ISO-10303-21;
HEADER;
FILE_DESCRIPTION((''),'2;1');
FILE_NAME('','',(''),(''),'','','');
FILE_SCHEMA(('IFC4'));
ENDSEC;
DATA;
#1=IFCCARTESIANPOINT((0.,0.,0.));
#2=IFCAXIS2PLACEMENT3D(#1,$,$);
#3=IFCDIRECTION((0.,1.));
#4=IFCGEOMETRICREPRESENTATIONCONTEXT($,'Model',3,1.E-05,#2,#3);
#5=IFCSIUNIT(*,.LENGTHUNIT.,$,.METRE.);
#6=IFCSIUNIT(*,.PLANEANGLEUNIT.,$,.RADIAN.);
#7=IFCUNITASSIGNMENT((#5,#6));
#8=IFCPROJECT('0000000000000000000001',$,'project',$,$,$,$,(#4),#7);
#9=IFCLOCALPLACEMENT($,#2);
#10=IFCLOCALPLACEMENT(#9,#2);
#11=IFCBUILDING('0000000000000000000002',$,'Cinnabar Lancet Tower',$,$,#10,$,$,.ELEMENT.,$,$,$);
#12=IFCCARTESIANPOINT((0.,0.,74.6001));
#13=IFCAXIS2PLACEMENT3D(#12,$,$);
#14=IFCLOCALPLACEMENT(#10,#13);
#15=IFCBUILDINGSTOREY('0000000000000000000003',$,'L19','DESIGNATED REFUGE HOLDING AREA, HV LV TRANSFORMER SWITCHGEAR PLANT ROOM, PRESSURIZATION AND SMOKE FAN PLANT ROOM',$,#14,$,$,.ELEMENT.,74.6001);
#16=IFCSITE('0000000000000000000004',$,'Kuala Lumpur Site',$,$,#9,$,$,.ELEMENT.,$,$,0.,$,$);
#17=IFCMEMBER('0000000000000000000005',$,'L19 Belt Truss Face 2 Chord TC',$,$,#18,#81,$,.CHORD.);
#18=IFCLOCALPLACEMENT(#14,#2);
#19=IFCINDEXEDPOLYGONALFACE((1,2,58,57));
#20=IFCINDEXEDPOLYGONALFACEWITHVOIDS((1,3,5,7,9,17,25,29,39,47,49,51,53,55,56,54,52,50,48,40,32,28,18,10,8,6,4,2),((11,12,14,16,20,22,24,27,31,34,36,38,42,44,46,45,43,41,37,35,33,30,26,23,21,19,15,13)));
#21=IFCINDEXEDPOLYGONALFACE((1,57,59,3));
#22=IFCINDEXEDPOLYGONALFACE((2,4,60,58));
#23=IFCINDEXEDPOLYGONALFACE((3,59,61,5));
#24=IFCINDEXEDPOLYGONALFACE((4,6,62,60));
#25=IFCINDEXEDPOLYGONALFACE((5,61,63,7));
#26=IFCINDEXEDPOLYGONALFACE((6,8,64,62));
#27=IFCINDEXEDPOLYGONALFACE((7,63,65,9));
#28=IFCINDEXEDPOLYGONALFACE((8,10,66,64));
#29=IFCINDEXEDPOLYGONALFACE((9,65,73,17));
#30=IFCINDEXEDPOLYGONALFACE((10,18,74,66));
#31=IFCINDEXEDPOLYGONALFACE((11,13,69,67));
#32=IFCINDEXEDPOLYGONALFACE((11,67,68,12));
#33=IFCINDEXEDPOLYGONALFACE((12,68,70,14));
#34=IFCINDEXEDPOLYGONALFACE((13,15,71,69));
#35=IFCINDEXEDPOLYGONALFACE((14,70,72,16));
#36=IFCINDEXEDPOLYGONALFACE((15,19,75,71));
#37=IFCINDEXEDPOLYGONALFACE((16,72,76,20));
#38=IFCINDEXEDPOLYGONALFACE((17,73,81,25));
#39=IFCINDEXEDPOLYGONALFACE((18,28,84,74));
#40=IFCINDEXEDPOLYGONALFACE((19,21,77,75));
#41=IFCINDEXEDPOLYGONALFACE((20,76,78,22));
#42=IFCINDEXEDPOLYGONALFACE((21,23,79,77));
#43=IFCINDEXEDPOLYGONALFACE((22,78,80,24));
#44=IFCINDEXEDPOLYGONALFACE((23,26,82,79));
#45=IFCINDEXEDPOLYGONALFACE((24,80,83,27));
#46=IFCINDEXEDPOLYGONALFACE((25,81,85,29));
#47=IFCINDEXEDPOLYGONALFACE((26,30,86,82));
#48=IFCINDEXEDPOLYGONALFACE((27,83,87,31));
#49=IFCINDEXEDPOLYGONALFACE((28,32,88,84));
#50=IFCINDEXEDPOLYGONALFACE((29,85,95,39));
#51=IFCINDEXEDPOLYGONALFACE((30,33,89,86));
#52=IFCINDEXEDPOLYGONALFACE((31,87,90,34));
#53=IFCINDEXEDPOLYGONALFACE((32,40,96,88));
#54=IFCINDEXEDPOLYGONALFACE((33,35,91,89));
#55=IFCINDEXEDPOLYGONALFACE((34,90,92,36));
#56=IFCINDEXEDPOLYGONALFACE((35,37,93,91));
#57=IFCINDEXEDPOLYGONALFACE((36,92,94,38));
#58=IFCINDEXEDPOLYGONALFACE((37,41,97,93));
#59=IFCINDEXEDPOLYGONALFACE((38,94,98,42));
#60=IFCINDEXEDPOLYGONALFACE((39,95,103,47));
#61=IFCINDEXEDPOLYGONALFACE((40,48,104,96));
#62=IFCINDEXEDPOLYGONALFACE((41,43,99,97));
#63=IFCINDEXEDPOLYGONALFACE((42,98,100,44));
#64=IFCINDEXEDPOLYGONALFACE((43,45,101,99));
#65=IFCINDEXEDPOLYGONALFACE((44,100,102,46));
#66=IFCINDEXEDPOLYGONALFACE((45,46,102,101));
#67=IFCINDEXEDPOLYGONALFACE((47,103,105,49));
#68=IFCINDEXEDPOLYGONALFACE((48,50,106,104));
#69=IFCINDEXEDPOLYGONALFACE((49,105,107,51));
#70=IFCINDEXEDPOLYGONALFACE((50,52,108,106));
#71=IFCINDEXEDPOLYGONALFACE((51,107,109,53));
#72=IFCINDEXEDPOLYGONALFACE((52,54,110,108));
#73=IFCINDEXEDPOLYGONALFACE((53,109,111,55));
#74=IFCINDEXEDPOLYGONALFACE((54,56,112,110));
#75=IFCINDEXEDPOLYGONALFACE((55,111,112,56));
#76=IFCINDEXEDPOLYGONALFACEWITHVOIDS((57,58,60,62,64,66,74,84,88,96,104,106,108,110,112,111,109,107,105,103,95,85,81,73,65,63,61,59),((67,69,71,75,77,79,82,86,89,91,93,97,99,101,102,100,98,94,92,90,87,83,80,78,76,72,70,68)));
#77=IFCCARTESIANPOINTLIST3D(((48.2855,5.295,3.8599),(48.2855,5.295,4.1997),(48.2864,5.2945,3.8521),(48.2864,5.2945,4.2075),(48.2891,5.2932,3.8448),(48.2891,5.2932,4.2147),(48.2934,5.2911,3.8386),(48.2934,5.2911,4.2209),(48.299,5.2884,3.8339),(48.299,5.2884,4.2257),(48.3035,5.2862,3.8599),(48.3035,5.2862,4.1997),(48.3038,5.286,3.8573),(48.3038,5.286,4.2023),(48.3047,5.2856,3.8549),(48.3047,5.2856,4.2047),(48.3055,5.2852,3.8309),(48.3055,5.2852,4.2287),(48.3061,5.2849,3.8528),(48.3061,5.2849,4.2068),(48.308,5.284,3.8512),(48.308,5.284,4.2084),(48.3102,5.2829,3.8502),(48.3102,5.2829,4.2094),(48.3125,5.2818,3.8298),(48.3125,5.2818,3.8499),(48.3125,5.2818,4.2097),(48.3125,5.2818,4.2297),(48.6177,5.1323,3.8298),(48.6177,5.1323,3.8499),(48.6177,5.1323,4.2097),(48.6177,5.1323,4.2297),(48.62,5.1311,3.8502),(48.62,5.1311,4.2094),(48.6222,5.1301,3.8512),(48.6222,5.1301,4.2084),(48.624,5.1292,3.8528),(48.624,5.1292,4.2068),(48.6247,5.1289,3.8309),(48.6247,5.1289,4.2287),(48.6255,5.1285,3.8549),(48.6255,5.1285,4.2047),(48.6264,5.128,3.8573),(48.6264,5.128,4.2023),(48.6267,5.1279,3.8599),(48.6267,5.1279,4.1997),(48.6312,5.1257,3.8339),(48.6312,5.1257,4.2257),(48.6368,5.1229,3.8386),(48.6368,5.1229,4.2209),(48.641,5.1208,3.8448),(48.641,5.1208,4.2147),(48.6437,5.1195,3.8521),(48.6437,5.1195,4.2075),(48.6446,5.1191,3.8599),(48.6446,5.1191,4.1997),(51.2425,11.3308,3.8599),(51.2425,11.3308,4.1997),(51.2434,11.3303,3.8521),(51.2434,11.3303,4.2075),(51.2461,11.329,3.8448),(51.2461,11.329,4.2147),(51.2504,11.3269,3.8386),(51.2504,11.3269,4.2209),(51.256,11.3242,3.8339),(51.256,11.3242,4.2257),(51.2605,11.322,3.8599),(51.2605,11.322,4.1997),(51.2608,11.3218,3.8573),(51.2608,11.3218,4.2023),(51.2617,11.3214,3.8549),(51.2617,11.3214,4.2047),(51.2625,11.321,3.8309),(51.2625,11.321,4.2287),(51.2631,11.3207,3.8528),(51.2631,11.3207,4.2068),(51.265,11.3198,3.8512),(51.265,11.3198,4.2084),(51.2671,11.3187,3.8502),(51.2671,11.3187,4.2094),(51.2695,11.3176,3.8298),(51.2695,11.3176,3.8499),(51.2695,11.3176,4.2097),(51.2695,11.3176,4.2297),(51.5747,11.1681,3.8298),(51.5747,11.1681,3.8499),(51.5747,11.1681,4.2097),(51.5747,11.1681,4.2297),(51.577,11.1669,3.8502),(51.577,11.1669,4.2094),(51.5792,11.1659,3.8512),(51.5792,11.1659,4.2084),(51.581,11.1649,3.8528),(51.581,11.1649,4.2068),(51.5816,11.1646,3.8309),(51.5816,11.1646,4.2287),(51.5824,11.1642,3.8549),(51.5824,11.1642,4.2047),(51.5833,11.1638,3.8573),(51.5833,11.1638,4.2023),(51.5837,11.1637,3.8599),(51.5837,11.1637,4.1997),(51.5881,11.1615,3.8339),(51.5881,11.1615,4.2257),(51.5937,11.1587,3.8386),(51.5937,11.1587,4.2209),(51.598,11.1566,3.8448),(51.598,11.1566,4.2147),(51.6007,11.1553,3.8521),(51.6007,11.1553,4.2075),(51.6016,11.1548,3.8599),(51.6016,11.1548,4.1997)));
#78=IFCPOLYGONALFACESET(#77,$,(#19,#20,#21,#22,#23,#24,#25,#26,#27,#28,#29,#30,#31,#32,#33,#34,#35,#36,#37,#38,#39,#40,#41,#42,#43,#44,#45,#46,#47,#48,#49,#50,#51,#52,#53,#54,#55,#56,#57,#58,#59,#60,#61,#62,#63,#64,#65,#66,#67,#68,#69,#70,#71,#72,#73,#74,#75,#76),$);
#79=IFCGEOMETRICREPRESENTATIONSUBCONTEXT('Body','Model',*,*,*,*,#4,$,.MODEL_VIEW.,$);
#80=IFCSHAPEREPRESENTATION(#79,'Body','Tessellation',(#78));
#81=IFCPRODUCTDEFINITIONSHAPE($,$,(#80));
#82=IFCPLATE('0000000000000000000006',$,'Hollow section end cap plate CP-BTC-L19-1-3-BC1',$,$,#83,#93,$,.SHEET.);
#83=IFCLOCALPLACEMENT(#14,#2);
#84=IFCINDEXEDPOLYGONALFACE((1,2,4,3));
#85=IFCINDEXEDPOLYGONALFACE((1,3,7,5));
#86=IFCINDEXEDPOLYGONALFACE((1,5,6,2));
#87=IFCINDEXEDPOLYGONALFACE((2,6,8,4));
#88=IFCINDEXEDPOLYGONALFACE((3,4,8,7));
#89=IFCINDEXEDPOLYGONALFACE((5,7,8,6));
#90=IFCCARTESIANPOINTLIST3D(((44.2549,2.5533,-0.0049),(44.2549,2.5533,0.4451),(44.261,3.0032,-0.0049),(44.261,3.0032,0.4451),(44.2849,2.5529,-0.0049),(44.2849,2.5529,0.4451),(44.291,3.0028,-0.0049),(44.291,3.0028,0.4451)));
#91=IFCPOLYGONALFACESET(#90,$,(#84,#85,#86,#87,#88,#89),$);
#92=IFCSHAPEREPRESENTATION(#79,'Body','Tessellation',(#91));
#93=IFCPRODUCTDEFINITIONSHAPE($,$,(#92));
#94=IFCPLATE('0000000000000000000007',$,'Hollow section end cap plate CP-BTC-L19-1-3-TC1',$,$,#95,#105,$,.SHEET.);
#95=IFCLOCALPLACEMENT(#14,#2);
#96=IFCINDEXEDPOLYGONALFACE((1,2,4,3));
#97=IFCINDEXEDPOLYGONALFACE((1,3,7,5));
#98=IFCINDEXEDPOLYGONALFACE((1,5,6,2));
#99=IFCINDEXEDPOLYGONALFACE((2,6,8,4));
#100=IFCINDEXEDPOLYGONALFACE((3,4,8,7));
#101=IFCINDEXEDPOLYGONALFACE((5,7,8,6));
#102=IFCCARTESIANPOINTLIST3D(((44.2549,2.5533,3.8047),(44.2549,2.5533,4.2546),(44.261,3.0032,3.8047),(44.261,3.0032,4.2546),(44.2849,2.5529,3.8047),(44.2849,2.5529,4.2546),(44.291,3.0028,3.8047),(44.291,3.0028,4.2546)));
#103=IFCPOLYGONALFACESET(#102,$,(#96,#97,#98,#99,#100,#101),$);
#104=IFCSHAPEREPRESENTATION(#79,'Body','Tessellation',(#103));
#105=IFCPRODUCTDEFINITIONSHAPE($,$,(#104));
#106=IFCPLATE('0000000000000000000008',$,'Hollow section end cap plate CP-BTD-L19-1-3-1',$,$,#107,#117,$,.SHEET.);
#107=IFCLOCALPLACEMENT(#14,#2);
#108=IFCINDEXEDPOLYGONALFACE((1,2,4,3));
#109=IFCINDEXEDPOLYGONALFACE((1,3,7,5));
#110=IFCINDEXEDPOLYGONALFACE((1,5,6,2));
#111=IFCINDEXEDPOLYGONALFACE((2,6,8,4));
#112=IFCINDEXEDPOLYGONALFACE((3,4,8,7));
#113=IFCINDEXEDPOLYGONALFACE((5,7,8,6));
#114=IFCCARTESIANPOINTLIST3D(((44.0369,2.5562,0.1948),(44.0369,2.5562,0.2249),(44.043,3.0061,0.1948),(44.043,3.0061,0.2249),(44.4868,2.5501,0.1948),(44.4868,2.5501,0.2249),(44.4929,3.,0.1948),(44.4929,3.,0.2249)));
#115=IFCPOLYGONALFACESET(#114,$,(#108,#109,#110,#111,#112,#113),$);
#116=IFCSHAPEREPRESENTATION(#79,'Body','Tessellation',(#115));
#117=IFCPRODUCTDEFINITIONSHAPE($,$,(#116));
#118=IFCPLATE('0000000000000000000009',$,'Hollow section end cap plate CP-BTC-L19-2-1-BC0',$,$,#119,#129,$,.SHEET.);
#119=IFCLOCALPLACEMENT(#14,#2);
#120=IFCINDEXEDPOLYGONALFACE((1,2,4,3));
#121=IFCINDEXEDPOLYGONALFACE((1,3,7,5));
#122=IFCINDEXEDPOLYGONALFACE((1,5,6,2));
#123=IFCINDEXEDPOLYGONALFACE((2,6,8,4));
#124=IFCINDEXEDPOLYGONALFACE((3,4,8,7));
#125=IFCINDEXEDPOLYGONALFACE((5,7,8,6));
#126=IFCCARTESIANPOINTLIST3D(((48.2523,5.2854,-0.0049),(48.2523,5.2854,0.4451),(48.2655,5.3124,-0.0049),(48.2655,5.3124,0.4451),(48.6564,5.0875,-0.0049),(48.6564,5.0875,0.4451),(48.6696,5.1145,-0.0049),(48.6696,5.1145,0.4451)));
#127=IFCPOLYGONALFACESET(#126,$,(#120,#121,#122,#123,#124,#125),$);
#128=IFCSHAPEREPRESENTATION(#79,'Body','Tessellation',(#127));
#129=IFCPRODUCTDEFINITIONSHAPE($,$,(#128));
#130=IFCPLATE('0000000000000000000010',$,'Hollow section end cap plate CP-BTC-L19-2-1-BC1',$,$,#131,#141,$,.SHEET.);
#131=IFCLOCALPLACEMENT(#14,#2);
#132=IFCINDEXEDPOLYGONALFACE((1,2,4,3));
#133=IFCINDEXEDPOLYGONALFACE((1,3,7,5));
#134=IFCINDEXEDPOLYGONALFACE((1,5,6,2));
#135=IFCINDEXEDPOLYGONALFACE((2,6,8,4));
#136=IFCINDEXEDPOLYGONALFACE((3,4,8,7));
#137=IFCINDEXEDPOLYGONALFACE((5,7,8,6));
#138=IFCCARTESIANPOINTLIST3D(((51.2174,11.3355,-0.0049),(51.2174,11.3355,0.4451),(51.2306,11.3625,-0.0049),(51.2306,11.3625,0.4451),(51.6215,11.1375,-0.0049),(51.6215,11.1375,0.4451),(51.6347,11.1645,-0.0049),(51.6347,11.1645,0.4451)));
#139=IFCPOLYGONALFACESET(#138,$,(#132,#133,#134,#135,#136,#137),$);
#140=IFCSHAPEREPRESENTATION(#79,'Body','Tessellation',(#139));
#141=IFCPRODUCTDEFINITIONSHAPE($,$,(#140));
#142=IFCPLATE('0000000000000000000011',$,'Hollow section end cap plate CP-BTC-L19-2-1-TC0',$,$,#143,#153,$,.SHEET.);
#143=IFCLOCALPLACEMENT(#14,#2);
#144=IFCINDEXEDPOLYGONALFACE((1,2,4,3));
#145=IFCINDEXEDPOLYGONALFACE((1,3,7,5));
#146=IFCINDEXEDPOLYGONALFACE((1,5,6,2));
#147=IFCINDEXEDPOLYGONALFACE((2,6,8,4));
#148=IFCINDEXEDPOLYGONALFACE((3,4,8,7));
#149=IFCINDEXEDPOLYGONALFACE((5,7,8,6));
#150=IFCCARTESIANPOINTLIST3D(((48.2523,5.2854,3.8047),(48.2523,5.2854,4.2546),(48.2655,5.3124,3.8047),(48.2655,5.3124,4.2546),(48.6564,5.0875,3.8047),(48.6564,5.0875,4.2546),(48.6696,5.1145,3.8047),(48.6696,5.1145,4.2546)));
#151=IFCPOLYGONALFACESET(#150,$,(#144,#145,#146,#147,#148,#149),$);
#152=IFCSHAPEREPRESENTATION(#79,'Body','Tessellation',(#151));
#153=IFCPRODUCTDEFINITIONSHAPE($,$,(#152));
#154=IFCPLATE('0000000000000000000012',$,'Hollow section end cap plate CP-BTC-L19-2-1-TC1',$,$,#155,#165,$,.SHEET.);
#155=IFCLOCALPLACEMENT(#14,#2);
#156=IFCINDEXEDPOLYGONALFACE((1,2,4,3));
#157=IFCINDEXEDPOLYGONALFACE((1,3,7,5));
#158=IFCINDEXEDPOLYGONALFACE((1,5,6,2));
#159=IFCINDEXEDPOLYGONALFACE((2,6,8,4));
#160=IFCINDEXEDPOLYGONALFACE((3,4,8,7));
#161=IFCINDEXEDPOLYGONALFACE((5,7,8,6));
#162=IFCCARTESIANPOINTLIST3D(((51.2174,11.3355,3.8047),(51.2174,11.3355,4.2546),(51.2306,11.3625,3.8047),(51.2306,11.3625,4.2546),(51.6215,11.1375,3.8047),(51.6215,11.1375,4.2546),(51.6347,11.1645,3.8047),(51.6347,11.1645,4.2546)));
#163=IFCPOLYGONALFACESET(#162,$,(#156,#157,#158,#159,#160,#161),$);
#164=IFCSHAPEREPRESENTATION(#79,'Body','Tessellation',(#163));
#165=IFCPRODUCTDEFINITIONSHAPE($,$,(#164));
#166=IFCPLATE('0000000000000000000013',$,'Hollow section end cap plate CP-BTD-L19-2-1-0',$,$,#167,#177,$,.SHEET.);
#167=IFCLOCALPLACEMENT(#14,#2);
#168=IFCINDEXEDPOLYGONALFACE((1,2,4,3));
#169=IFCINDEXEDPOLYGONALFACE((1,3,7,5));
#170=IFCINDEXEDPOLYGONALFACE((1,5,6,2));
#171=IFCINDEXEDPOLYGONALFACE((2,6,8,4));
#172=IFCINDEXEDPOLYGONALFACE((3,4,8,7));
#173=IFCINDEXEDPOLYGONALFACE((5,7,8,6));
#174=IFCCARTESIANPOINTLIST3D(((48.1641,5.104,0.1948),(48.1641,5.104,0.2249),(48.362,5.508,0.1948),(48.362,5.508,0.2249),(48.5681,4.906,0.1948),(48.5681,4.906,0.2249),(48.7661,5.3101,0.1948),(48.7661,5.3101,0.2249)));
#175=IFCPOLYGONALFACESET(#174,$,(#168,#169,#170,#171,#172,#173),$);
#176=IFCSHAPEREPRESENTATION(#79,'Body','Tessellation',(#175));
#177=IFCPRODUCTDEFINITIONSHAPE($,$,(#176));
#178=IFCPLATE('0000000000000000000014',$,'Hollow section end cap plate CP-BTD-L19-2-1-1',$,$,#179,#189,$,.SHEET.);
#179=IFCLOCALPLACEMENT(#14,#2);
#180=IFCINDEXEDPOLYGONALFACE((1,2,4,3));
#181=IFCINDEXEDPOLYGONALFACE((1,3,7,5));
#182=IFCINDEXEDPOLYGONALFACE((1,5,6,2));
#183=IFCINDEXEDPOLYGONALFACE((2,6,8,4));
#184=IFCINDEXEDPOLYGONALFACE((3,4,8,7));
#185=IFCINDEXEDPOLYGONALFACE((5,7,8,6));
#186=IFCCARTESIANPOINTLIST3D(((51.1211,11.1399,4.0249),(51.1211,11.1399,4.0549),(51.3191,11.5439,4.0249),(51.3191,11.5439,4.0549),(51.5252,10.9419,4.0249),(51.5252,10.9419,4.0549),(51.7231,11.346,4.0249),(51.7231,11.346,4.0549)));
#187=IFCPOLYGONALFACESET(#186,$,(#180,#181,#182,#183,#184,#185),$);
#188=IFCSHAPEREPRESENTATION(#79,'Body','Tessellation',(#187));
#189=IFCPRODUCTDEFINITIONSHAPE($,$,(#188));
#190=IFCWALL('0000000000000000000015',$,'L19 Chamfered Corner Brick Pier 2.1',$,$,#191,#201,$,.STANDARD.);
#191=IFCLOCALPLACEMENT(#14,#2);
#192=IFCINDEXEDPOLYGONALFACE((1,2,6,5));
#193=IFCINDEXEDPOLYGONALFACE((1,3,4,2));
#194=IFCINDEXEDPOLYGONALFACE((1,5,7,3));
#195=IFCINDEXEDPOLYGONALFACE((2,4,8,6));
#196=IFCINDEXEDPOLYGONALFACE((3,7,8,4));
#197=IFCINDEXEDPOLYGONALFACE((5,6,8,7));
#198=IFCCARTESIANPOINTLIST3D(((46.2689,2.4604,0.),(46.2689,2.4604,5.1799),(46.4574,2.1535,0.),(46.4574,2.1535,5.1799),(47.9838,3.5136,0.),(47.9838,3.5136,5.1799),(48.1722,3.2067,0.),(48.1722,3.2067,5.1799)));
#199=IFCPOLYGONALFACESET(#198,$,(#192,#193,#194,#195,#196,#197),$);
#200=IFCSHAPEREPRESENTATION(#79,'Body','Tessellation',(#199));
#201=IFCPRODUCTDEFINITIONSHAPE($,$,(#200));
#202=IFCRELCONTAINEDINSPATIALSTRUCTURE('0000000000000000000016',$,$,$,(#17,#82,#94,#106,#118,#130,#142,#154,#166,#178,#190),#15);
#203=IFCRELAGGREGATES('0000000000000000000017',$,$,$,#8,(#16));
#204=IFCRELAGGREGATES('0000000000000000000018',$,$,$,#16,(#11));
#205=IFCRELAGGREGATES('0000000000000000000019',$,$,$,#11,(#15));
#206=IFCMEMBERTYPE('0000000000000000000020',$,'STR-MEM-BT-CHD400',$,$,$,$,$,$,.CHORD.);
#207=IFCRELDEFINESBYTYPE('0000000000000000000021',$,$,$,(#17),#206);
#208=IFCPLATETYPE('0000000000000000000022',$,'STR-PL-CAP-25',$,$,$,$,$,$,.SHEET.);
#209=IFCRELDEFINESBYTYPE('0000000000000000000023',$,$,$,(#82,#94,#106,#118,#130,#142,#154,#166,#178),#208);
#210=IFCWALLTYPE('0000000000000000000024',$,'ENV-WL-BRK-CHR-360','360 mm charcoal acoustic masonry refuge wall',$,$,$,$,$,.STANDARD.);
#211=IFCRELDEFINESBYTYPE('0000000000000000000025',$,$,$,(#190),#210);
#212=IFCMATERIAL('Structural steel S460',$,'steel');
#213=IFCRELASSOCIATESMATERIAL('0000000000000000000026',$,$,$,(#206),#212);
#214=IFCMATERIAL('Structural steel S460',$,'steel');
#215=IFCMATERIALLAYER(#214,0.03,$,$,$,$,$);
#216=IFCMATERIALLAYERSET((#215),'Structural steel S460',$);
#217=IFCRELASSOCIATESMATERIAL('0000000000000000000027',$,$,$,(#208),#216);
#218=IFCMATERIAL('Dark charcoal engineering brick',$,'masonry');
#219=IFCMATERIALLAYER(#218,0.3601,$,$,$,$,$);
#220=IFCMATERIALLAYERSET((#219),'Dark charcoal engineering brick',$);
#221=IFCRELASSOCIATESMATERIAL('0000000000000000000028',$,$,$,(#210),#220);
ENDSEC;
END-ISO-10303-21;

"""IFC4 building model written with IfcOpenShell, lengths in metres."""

from ifc_helpers import new_model, si_unit, direction, frame, frame_2d, origin, origin_2d, place, context, subcontext, project, spatial, rectangle, hollow_rectangle, extrude, material, layer, layer_set, material_profile, profile_set, type_object, element, save


model = new_model("IFC4")

# Units and contexts
model_context = context("Model", 3, precision=1e-05, world=origin(), true_north=direction((0.0, 1.0)))
body_context = subcontext(model_context, "Body", "Model", "MODEL_VIEW")
ifc_project = project(units=[si_unit("LENGTHUNIT", "METRE"), si_unit("PLANEANGLEUNIT", "RADIAN")], contexts=[model_context])

# Site, building, storey
site_placement = place(None, origin())
site = spatial("IfcSite", under=ifc_project, at=site_placement, Name="Kuala Lumpur Site", CompositionType="ELEMENT", RefElevation=0.0)
building_placement = place(site_placement, origin())
building = spatial("IfcBuilding", under=site, at=building_placement, Name="Cinnabar Lancet Tower", CompositionType="ELEMENT")
storey_placement = place(building_placement, frame((0.0, 0.0, 74.6001)))
storey = spatial("IfcBuildingStorey", under=building, at=storey_placement, Name="L19", Description="DESIGNATED REFUGE HOLDING AREA, HV LV TRANSFORMER SWITCHGEAR PLANT ROOM, PRESSURIZATION AND SMOKE FAN PLANT ROOM", CompositionType="ELEMENT", Elevation=74.6001)

# Member
ifc_material_1 = material(Name="Structural steel S460", Category="steel")
ifc_material_profile_1 = material_profile(ifc_material_1, hollow_rectangle(XDim=0.3999, YDim=0.3999, WallThickness=0.02, InnerFilletRadius=0.01, OuterFilletRadius=0.03, at=origin_2d()), Name="SHS 400x400x20")
ifc_profile_set_1 = profile_set([ifc_material_profile_1], Name="Structural steel S460")
member_type_1 = type_object("IfcMemberType", Name="STR-MEM-BT-CHD400", PredefinedType="CHORD", material=ifc_profile_set_1)
for number, where, z_axis, x_axis, name in (
    (1, (48.4651, 5.207, 4.0298), (0.439949, 0.898023, 0.0), (-0.898023, 0.439949, 0.0), "L19 Belt Truss Face 2 Chord TC"),
):
    element("IfcMember", number, at=place(storey_placement, frame(where, z_axis=z_axis, x_axis=x_axis)), inside=storey, type_object=member_type_1, Name=name, PredefinedType="CHORD", context=body_context, shape_type="SweptSolid", body=[
        extrude(hollow_rectangle(XDim=0.3999, YDim=0.3999, WallThickness=0.02, InnerFilletRadius=0.01, OuterFilletRadius=0.03, at=origin_2d()), origin(), (0.0, 0.0, 1.0), 6.7212),
    ])

# Plates
ifc_material_2 = material(Name="Structural steel S460", Category="steel")
ifc_layer_1 = layer(ifc_material_2, 0.03)
ifc_layer_set_1 = layer_set([ifc_layer_1], Name="Structural steel S460")
plate_type = type_object("IfcPlateType", Name="STR-PL-CAP-25", PredefinedType="SHEET", material=ifc_layer_set_1)
for number, where, z_axis, x_axis, name in (
    (2, (44.2729, 2.7781, -0.0049), (0.0, 0.0, 1.0), (0.999909, -0.013526, 0.0), "Hollow section end cap plate CP-BTC-L19-1-3-BC1"),
    (3, (44.2729, 2.7781, 3.8047), (0.0, 0.0, 1.0), (0.999909, -0.013526, 0.0), "Hollow section end cap plate CP-BTC-L19-1-3-TC1"),
):
    element("IfcPlate", number, at=place(storey_placement, frame(where, z_axis=z_axis, x_axis=x_axis)), inside=storey, type_object=plate_type, Name=name, PredefinedType="SHEET", context=body_context, shape_type="SweptSolid", body=[
        extrude(rectangle(XDim=0.03, YDim=0.45, at=origin_2d()), origin(), (0.0, 0.0, 1.0), 0.45),
    ])
plate_placement = place(storey_placement, frame((44.2649, 2.7781, 0.1948), z_axis=(0.0, 0.0, 1.0), x_axis=(0.999909, -0.013526, 0.0)))
element("IfcPlate", 4, at=plate_placement, inside=storey, type_object=plate_type, Name="Hollow section end cap plate CP-BTD-L19-1-3-1", PredefinedType="SHEET", context=body_context, shape_type="SweptSolid", body=[
    extrude(rectangle(XDim=0.45, YDim=0.45, at=origin_2d()), origin(), (0.0, 0.0, 1.0), 0.03),
])
for number, where, z_axis, x_axis, name in (
    (5, (48.4609, 5.2, -0.0049), (0.0, 0.0, 1.0), (-0.439939, -0.898028, 0.0), "Hollow section end cap plate CP-BTC-L19-2-1-BC0"),
    (6, (51.426, 11.25, -0.0049), (0.0, 0.0, 1.0), (0.439939, 0.898028, 0.0), "Hollow section end cap plate CP-BTC-L19-2-1-BC1"),
    (7, (48.4609, 5.2, 3.8047), (0.0, 0.0, 1.0), (-0.439939, -0.898028, 0.0), "Hollow section end cap plate CP-BTC-L19-2-1-TC0"),
    (8, (51.426, 11.25, 3.8047), (0.0, 0.0, 1.0), (0.439939, 0.898028, 0.0), "Hollow section end cap plate CP-BTC-L19-2-1-TC1"),
):
    element("IfcPlate", number, at=place(storey_placement, frame(where, z_axis=z_axis, x_axis=x_axis)), inside=storey, type_object=plate_type, Name=name, PredefinedType="SHEET", context=body_context, shape_type="SweptSolid", body=[
        extrude(rectangle(XDim=0.03, YDim=0.45, at=origin_2d()), origin(), (0.0, 0.0, 1.0), 0.45),
    ])
for number, where, z_axis, x_axis, name in (
    (9, (48.4651, 5.207, 0.1948), (0.0, 0.0, 1.0), (-0.439939, -0.898028, 0.0), "Hollow section end cap plate CP-BTD-L19-2-1-0"),
    (10, (51.4221, 11.2429, 4.0249), (0.0, 0.0, 1.0), (0.439939, 0.898028, 0.0), "Hollow section end cap plate CP-BTD-L19-2-1-1"),
):
    element("IfcPlate", number, at=place(storey_placement, frame(where, z_axis=z_axis, x_axis=x_axis)), inside=storey, type_object=plate_type, Name=name, PredefinedType="SHEET", context=body_context, shape_type="SweptSolid", body=[
        extrude(rectangle(XDim=0.45, YDim=0.45, at=origin_2d()), origin(), (0.0, 0.0, 1.0), 0.03),
    ])

# Wall
ifc_material_3 = material(Name="Dark charcoal engineering brick", Category="masonry")
ifc_layer_2 = layer(ifc_material_3, 0.3601)
ifc_layer_set_2 = layer_set([ifc_layer_2], Name="Dark charcoal engineering brick")
wall_type = type_object("IfcWallType", Name="ENV-WL-BRK-CHR-360", Description="360 mm charcoal acoustic masonry refuge wall", PredefinedType="STANDARD", material=ifc_layer_set_2)
wall_1_placement = place(storey_placement, frame((46.363, 2.3069, 0.0), z_axis=(0.0, 0.0, 1.0), x_axis=(0.852116, 0.523353, 0.0)))
element("IfcWall", 11, at=wall_1_placement, inside=storey, type_object=wall_type, Name="L19 Chamfered Corner Brick Pier 2.1", PredefinedType="STANDARD", context=body_context, shape_type="SweptSolid", body=[
    extrude(rectangle(XDim=2.0125, YDim=0.3601, at=frame_2d((1.0063, 0.0))), origin(), (0.0, 0.0, 1.0), 5.1799),
])

save(model, "model.ifc")
